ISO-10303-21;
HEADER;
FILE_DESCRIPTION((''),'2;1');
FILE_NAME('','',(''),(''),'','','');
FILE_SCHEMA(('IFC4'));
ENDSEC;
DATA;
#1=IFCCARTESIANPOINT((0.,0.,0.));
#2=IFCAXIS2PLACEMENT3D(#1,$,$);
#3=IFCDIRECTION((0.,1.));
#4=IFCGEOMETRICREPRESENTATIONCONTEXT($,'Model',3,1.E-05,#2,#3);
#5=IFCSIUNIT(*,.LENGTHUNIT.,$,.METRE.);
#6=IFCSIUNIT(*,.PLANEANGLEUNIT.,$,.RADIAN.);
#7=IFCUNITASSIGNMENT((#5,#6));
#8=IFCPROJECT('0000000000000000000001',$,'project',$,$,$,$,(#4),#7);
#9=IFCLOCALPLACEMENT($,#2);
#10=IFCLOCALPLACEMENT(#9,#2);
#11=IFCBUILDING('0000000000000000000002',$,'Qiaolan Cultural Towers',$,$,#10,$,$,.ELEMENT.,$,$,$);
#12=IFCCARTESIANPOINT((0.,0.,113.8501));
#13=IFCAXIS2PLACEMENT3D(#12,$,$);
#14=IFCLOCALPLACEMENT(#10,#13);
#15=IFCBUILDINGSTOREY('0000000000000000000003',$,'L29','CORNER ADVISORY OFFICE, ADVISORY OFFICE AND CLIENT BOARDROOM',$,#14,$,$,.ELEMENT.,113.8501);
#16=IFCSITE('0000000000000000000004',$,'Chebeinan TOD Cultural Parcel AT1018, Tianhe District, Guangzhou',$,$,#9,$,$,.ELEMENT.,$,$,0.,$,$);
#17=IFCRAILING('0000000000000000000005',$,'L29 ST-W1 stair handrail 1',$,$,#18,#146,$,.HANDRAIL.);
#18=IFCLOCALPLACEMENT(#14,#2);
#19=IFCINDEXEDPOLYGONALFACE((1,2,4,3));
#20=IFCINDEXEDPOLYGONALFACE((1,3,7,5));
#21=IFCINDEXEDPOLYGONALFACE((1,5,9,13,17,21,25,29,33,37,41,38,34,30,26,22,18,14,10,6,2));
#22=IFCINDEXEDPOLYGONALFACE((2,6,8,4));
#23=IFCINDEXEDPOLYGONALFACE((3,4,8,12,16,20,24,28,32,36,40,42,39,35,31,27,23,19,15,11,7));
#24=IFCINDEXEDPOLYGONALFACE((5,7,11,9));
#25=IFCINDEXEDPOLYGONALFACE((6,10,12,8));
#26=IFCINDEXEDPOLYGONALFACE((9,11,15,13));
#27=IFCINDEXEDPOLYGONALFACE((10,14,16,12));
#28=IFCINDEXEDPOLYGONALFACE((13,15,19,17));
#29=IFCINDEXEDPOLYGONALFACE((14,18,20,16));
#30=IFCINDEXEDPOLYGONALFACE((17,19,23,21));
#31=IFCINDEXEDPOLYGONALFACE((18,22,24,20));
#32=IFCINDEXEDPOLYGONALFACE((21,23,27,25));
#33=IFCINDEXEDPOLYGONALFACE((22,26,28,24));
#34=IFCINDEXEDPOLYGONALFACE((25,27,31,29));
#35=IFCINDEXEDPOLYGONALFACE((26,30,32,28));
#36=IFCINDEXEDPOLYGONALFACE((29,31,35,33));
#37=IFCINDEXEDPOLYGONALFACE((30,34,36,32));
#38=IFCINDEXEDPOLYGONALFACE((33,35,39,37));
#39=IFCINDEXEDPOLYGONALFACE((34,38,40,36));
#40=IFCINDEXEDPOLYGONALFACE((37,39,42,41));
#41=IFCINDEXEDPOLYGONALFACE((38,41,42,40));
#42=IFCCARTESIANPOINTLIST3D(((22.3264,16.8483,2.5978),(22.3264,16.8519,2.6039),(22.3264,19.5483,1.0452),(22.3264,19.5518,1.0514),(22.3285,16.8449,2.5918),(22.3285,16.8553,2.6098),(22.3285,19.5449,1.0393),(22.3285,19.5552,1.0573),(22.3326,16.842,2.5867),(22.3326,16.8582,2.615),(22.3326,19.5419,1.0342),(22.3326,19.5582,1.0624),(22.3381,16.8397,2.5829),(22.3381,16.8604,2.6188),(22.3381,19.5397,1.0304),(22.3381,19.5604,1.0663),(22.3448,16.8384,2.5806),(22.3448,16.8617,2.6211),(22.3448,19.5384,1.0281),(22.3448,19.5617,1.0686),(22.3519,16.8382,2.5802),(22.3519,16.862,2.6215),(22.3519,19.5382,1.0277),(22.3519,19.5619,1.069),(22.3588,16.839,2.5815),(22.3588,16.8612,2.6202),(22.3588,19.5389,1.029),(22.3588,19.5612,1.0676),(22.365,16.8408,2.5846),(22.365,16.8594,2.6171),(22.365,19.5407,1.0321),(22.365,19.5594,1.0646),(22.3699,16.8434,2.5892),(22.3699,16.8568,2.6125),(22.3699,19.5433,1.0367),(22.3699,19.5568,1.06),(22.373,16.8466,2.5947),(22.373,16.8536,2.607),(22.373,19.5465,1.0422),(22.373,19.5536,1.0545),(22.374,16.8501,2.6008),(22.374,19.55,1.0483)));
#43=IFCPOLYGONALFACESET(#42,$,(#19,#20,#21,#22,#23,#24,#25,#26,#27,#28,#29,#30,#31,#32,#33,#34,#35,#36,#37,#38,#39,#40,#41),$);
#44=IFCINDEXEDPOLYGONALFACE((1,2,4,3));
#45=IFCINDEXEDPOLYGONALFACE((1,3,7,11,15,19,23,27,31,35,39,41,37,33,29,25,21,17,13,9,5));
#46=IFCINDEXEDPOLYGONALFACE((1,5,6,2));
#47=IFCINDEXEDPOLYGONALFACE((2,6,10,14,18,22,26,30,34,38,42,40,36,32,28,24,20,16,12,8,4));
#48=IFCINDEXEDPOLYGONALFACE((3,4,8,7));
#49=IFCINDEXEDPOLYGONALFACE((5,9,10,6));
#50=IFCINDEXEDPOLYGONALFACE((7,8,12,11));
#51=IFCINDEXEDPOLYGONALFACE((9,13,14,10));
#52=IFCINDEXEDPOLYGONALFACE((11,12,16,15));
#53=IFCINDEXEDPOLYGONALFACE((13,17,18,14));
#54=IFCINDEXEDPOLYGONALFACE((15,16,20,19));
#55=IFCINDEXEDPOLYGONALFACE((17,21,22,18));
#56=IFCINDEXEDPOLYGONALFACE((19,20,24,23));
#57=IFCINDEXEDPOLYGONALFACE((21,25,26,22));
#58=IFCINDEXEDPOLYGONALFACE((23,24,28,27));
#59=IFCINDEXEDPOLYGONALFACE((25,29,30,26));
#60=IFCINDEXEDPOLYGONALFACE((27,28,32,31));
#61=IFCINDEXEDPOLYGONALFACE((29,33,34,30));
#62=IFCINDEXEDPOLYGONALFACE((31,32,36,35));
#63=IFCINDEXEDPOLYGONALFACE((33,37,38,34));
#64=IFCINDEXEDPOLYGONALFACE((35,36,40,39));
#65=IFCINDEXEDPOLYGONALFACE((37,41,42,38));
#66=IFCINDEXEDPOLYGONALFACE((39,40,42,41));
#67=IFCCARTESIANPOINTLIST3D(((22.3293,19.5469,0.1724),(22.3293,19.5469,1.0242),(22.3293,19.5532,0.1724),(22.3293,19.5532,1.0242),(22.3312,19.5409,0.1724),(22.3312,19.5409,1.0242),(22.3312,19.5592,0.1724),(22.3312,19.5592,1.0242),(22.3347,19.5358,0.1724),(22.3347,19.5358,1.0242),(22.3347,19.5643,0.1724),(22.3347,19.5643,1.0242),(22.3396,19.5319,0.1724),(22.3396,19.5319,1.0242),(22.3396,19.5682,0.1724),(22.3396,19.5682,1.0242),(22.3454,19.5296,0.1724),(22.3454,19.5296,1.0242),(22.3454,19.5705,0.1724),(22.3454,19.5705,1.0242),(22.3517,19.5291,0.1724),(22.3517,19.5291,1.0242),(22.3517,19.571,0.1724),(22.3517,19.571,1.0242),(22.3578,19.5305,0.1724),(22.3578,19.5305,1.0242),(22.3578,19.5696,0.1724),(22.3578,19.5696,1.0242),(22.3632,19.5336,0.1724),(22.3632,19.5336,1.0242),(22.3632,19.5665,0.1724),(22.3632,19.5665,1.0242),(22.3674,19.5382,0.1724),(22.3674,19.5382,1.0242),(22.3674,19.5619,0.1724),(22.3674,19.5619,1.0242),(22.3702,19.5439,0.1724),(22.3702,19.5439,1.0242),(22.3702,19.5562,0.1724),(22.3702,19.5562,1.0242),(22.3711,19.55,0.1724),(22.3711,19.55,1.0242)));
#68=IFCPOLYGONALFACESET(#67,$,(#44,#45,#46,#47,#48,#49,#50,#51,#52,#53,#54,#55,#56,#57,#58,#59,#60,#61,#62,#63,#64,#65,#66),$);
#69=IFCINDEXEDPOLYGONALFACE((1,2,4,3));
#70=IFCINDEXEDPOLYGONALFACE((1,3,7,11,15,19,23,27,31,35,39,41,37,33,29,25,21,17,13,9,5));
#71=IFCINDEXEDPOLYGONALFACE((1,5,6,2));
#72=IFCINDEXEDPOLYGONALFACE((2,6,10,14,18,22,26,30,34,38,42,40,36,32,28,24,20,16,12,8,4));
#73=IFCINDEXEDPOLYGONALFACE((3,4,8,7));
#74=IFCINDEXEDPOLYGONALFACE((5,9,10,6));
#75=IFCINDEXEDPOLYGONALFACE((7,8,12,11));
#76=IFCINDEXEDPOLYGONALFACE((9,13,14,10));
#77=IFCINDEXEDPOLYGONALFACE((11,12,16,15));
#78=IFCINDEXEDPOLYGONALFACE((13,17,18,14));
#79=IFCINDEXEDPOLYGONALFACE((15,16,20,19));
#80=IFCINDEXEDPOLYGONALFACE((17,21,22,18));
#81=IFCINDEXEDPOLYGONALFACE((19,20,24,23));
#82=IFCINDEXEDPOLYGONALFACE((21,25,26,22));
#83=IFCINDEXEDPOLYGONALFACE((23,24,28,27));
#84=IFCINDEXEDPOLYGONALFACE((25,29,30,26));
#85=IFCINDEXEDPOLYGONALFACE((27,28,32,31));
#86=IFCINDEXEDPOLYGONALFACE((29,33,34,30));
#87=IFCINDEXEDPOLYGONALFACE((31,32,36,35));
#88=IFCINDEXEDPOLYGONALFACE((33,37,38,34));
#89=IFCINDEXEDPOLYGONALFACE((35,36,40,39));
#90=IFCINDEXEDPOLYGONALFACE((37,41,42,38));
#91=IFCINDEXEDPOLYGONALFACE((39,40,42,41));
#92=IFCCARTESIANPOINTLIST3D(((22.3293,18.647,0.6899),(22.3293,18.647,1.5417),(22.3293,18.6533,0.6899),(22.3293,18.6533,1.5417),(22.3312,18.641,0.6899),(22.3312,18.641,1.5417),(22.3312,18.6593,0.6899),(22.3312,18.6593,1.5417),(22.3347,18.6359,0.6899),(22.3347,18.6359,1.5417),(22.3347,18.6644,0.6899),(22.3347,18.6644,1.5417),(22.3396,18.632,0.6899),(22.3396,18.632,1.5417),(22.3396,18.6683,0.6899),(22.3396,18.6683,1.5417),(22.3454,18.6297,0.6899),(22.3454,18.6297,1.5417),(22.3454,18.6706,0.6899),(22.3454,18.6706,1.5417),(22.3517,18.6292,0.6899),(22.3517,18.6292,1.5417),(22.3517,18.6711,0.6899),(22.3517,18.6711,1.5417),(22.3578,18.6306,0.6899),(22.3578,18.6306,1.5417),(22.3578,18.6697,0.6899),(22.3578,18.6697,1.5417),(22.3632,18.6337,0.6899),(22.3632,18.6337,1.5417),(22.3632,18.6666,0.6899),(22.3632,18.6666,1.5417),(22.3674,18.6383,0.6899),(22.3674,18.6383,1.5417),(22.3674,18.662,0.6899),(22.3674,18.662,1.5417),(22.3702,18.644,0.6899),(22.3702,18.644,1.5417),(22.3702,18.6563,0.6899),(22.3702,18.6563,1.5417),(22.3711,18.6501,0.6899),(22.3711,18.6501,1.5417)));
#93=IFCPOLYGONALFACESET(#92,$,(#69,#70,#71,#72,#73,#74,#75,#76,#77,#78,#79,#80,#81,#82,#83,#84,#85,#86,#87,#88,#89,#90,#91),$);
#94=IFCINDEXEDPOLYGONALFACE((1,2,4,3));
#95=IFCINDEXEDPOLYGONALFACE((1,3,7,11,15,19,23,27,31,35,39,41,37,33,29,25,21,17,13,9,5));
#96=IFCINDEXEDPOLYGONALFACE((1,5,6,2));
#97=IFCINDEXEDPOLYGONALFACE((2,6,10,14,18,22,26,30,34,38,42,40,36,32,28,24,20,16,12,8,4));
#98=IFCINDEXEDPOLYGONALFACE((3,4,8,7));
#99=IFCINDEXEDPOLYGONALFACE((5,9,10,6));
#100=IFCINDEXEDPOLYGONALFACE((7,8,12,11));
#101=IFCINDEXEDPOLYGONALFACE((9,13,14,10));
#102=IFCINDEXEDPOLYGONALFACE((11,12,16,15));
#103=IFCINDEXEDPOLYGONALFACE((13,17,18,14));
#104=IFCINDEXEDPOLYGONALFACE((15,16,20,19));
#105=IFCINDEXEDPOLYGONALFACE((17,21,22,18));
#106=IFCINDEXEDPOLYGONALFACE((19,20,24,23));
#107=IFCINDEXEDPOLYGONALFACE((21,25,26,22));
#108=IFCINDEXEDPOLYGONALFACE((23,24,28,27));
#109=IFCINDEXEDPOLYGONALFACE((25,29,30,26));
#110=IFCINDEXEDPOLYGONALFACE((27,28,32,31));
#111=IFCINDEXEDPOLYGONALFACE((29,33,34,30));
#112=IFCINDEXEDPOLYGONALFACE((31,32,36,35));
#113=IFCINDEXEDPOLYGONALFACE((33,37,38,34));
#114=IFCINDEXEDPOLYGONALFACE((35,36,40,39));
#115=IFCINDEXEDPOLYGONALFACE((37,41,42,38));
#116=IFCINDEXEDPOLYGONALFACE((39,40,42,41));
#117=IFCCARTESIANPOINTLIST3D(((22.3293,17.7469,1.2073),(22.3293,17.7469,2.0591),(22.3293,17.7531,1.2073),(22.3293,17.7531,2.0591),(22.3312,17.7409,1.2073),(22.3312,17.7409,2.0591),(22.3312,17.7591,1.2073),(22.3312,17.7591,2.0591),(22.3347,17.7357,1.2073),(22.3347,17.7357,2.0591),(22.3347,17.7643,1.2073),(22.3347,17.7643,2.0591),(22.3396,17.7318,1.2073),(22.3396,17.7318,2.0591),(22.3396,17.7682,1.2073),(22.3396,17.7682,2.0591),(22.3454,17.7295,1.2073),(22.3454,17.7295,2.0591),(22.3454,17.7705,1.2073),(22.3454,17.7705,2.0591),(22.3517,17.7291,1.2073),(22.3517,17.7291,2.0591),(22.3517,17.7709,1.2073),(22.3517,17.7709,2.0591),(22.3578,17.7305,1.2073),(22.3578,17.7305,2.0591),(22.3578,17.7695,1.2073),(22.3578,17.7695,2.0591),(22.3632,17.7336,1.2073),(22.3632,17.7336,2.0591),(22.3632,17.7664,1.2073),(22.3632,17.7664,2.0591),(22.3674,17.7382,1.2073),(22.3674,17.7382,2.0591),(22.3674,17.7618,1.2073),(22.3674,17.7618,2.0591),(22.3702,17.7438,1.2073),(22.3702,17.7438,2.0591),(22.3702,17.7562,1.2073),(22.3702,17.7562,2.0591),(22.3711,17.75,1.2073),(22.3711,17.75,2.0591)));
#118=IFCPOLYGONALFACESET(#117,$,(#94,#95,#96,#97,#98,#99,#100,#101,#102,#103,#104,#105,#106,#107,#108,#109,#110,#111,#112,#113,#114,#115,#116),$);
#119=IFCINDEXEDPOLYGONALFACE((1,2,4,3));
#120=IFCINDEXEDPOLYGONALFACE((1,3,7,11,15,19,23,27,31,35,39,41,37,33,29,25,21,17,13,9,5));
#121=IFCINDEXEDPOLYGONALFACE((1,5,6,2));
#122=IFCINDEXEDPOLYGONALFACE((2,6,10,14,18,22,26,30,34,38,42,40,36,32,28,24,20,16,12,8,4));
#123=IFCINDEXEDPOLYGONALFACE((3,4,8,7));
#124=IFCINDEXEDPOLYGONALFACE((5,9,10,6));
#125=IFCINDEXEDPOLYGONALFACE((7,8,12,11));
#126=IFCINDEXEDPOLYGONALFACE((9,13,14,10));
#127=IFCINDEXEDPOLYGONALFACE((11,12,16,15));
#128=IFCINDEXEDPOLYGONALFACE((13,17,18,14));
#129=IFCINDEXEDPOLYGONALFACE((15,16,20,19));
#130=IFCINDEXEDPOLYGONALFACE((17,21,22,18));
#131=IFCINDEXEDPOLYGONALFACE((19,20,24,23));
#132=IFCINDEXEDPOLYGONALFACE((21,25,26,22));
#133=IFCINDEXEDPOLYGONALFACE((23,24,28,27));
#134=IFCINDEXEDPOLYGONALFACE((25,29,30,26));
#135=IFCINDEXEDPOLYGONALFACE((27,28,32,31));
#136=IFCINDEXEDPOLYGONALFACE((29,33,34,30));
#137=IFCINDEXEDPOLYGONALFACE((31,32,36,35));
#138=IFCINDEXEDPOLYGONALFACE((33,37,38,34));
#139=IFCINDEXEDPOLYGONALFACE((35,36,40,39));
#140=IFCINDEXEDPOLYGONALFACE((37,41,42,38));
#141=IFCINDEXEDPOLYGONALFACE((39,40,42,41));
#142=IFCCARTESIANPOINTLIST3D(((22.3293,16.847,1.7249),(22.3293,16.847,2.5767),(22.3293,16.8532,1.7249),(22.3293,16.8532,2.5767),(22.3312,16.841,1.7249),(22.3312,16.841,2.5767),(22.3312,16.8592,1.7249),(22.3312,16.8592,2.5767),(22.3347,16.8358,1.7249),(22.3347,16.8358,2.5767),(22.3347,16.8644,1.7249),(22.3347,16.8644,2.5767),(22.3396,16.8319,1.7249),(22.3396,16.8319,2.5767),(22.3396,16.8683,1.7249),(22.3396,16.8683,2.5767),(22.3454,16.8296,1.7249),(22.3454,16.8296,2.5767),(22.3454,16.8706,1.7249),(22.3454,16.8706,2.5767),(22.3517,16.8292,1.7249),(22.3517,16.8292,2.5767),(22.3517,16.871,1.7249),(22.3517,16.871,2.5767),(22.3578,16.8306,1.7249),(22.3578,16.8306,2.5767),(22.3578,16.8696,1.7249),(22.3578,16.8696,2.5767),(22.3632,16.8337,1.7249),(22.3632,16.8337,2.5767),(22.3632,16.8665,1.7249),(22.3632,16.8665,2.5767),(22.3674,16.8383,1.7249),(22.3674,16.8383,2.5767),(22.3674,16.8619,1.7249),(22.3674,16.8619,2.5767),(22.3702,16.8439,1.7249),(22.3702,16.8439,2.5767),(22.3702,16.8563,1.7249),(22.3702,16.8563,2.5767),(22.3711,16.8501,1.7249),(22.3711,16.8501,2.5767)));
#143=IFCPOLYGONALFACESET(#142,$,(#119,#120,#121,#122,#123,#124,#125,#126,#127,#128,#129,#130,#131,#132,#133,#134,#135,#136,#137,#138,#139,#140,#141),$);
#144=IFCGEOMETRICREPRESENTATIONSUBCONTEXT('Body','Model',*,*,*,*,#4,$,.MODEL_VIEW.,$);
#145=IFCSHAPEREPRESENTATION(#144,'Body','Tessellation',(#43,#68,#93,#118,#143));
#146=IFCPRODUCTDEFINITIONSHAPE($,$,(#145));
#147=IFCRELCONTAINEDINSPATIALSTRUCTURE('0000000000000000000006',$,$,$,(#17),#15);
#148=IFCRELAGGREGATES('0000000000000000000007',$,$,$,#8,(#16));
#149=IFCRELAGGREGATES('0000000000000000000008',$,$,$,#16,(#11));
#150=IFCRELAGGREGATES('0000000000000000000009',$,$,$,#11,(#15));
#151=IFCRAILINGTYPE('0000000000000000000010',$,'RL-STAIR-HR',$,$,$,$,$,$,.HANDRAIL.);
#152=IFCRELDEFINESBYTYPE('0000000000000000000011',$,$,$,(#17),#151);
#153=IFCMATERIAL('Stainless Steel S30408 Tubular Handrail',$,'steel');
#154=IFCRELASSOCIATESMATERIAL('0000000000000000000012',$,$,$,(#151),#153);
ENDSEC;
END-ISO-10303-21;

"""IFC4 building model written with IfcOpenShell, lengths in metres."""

from ifc_helpers import new_model, si_unit, direction, frame, origin, origin_2d, place, context, subcontext, project, spatial, circle, extrude, material, type_object, element, save


model = new_model("IFC4")

# Units and contexts
model_context = context("Model", 3, precision=1e-05, world=origin(), true_north=direction((0.0, 1.0)))
body_context = subcontext(model_context, "Body", "Model", "MODEL_VIEW")
ifc_project = project(units=[si_unit("LENGTHUNIT", "METRE"), si_unit("PLANEANGLEUNIT", "RADIAN")], contexts=[model_context])

# Site, building, storey
site_placement = place(None, origin())
site = spatial("IfcSite", under=ifc_project, at=site_placement, Name="Chebeinan TOD Cultural Parcel AT1018, Tianhe District, Guangzhou", CompositionType="ELEMENT", RefElevation=0.0)
building_placement = place(site_placement, origin())
building = spatial("IfcBuilding", under=site, at=building_placement, Name="Qiaolan Cultural Towers", CompositionType="ELEMENT")
storey_placement = place(building_placement, frame((0.0, 0.0, 113.8501)))
storey = spatial("IfcBuildingStorey", under=building, at=storey_placement, Name="L29", Description="CORNER ADVISORY OFFICE, ADVISORY OFFICE AND CLIENT BOARDROOM", CompositionType="ELEMENT", Elevation=113.8501)

# Railing
ifc_material_1 = material(Name="Stainless Steel S30408 Tubular Handrail", Category="steel")
railing_type_1 = type_object("IfcRailingType", Name="RL-STAIR-HR", PredefinedType="HANDRAIL", material=ifc_material_1)
railing_1_placement = place(storey_placement, frame((22.3501, 19.55, 0.1724)))
element("IfcRailing", 1, at=railing_1_placement, inside=storey, type_object=railing_type_1, Name="L29 ST-W1 stair handrail 1", PredefinedType="HANDRAIL", context=body_context, shape_type="SweptSolid", body=[
    extrude(circle(Radius=0.0239, at=origin_2d()), frame((0.0, 0.0, 0.876), z_axis=(0.0, -0.866904, 0.498476), x_axis=(1.0, 0.0, 0.0)), (0.0, 0.0, 1.0), 3.1145),
    extrude(circle(Radius=0.021, at=origin_2d()), origin(), (0.0, 0.0, 1.0), 0.8518),
    extrude(circle(Radius=0.021, at=origin_2d()), frame((0.0, -0.8999, 0.5176)), (0.0, 0.0, 1.0), 0.8518),
    extrude(circle(Radius=0.021, at=origin_2d()), frame((0.0, -1.8, 1.0349)), (0.0, 0.0, 1.0), 0.8518),
    extrude(circle(Radius=0.021, at=origin_2d()), frame((0.0, -2.7, 1.5525)), (0.0, 0.0, 1.0), 0.8518),
])

save(model, "model.ifc")
